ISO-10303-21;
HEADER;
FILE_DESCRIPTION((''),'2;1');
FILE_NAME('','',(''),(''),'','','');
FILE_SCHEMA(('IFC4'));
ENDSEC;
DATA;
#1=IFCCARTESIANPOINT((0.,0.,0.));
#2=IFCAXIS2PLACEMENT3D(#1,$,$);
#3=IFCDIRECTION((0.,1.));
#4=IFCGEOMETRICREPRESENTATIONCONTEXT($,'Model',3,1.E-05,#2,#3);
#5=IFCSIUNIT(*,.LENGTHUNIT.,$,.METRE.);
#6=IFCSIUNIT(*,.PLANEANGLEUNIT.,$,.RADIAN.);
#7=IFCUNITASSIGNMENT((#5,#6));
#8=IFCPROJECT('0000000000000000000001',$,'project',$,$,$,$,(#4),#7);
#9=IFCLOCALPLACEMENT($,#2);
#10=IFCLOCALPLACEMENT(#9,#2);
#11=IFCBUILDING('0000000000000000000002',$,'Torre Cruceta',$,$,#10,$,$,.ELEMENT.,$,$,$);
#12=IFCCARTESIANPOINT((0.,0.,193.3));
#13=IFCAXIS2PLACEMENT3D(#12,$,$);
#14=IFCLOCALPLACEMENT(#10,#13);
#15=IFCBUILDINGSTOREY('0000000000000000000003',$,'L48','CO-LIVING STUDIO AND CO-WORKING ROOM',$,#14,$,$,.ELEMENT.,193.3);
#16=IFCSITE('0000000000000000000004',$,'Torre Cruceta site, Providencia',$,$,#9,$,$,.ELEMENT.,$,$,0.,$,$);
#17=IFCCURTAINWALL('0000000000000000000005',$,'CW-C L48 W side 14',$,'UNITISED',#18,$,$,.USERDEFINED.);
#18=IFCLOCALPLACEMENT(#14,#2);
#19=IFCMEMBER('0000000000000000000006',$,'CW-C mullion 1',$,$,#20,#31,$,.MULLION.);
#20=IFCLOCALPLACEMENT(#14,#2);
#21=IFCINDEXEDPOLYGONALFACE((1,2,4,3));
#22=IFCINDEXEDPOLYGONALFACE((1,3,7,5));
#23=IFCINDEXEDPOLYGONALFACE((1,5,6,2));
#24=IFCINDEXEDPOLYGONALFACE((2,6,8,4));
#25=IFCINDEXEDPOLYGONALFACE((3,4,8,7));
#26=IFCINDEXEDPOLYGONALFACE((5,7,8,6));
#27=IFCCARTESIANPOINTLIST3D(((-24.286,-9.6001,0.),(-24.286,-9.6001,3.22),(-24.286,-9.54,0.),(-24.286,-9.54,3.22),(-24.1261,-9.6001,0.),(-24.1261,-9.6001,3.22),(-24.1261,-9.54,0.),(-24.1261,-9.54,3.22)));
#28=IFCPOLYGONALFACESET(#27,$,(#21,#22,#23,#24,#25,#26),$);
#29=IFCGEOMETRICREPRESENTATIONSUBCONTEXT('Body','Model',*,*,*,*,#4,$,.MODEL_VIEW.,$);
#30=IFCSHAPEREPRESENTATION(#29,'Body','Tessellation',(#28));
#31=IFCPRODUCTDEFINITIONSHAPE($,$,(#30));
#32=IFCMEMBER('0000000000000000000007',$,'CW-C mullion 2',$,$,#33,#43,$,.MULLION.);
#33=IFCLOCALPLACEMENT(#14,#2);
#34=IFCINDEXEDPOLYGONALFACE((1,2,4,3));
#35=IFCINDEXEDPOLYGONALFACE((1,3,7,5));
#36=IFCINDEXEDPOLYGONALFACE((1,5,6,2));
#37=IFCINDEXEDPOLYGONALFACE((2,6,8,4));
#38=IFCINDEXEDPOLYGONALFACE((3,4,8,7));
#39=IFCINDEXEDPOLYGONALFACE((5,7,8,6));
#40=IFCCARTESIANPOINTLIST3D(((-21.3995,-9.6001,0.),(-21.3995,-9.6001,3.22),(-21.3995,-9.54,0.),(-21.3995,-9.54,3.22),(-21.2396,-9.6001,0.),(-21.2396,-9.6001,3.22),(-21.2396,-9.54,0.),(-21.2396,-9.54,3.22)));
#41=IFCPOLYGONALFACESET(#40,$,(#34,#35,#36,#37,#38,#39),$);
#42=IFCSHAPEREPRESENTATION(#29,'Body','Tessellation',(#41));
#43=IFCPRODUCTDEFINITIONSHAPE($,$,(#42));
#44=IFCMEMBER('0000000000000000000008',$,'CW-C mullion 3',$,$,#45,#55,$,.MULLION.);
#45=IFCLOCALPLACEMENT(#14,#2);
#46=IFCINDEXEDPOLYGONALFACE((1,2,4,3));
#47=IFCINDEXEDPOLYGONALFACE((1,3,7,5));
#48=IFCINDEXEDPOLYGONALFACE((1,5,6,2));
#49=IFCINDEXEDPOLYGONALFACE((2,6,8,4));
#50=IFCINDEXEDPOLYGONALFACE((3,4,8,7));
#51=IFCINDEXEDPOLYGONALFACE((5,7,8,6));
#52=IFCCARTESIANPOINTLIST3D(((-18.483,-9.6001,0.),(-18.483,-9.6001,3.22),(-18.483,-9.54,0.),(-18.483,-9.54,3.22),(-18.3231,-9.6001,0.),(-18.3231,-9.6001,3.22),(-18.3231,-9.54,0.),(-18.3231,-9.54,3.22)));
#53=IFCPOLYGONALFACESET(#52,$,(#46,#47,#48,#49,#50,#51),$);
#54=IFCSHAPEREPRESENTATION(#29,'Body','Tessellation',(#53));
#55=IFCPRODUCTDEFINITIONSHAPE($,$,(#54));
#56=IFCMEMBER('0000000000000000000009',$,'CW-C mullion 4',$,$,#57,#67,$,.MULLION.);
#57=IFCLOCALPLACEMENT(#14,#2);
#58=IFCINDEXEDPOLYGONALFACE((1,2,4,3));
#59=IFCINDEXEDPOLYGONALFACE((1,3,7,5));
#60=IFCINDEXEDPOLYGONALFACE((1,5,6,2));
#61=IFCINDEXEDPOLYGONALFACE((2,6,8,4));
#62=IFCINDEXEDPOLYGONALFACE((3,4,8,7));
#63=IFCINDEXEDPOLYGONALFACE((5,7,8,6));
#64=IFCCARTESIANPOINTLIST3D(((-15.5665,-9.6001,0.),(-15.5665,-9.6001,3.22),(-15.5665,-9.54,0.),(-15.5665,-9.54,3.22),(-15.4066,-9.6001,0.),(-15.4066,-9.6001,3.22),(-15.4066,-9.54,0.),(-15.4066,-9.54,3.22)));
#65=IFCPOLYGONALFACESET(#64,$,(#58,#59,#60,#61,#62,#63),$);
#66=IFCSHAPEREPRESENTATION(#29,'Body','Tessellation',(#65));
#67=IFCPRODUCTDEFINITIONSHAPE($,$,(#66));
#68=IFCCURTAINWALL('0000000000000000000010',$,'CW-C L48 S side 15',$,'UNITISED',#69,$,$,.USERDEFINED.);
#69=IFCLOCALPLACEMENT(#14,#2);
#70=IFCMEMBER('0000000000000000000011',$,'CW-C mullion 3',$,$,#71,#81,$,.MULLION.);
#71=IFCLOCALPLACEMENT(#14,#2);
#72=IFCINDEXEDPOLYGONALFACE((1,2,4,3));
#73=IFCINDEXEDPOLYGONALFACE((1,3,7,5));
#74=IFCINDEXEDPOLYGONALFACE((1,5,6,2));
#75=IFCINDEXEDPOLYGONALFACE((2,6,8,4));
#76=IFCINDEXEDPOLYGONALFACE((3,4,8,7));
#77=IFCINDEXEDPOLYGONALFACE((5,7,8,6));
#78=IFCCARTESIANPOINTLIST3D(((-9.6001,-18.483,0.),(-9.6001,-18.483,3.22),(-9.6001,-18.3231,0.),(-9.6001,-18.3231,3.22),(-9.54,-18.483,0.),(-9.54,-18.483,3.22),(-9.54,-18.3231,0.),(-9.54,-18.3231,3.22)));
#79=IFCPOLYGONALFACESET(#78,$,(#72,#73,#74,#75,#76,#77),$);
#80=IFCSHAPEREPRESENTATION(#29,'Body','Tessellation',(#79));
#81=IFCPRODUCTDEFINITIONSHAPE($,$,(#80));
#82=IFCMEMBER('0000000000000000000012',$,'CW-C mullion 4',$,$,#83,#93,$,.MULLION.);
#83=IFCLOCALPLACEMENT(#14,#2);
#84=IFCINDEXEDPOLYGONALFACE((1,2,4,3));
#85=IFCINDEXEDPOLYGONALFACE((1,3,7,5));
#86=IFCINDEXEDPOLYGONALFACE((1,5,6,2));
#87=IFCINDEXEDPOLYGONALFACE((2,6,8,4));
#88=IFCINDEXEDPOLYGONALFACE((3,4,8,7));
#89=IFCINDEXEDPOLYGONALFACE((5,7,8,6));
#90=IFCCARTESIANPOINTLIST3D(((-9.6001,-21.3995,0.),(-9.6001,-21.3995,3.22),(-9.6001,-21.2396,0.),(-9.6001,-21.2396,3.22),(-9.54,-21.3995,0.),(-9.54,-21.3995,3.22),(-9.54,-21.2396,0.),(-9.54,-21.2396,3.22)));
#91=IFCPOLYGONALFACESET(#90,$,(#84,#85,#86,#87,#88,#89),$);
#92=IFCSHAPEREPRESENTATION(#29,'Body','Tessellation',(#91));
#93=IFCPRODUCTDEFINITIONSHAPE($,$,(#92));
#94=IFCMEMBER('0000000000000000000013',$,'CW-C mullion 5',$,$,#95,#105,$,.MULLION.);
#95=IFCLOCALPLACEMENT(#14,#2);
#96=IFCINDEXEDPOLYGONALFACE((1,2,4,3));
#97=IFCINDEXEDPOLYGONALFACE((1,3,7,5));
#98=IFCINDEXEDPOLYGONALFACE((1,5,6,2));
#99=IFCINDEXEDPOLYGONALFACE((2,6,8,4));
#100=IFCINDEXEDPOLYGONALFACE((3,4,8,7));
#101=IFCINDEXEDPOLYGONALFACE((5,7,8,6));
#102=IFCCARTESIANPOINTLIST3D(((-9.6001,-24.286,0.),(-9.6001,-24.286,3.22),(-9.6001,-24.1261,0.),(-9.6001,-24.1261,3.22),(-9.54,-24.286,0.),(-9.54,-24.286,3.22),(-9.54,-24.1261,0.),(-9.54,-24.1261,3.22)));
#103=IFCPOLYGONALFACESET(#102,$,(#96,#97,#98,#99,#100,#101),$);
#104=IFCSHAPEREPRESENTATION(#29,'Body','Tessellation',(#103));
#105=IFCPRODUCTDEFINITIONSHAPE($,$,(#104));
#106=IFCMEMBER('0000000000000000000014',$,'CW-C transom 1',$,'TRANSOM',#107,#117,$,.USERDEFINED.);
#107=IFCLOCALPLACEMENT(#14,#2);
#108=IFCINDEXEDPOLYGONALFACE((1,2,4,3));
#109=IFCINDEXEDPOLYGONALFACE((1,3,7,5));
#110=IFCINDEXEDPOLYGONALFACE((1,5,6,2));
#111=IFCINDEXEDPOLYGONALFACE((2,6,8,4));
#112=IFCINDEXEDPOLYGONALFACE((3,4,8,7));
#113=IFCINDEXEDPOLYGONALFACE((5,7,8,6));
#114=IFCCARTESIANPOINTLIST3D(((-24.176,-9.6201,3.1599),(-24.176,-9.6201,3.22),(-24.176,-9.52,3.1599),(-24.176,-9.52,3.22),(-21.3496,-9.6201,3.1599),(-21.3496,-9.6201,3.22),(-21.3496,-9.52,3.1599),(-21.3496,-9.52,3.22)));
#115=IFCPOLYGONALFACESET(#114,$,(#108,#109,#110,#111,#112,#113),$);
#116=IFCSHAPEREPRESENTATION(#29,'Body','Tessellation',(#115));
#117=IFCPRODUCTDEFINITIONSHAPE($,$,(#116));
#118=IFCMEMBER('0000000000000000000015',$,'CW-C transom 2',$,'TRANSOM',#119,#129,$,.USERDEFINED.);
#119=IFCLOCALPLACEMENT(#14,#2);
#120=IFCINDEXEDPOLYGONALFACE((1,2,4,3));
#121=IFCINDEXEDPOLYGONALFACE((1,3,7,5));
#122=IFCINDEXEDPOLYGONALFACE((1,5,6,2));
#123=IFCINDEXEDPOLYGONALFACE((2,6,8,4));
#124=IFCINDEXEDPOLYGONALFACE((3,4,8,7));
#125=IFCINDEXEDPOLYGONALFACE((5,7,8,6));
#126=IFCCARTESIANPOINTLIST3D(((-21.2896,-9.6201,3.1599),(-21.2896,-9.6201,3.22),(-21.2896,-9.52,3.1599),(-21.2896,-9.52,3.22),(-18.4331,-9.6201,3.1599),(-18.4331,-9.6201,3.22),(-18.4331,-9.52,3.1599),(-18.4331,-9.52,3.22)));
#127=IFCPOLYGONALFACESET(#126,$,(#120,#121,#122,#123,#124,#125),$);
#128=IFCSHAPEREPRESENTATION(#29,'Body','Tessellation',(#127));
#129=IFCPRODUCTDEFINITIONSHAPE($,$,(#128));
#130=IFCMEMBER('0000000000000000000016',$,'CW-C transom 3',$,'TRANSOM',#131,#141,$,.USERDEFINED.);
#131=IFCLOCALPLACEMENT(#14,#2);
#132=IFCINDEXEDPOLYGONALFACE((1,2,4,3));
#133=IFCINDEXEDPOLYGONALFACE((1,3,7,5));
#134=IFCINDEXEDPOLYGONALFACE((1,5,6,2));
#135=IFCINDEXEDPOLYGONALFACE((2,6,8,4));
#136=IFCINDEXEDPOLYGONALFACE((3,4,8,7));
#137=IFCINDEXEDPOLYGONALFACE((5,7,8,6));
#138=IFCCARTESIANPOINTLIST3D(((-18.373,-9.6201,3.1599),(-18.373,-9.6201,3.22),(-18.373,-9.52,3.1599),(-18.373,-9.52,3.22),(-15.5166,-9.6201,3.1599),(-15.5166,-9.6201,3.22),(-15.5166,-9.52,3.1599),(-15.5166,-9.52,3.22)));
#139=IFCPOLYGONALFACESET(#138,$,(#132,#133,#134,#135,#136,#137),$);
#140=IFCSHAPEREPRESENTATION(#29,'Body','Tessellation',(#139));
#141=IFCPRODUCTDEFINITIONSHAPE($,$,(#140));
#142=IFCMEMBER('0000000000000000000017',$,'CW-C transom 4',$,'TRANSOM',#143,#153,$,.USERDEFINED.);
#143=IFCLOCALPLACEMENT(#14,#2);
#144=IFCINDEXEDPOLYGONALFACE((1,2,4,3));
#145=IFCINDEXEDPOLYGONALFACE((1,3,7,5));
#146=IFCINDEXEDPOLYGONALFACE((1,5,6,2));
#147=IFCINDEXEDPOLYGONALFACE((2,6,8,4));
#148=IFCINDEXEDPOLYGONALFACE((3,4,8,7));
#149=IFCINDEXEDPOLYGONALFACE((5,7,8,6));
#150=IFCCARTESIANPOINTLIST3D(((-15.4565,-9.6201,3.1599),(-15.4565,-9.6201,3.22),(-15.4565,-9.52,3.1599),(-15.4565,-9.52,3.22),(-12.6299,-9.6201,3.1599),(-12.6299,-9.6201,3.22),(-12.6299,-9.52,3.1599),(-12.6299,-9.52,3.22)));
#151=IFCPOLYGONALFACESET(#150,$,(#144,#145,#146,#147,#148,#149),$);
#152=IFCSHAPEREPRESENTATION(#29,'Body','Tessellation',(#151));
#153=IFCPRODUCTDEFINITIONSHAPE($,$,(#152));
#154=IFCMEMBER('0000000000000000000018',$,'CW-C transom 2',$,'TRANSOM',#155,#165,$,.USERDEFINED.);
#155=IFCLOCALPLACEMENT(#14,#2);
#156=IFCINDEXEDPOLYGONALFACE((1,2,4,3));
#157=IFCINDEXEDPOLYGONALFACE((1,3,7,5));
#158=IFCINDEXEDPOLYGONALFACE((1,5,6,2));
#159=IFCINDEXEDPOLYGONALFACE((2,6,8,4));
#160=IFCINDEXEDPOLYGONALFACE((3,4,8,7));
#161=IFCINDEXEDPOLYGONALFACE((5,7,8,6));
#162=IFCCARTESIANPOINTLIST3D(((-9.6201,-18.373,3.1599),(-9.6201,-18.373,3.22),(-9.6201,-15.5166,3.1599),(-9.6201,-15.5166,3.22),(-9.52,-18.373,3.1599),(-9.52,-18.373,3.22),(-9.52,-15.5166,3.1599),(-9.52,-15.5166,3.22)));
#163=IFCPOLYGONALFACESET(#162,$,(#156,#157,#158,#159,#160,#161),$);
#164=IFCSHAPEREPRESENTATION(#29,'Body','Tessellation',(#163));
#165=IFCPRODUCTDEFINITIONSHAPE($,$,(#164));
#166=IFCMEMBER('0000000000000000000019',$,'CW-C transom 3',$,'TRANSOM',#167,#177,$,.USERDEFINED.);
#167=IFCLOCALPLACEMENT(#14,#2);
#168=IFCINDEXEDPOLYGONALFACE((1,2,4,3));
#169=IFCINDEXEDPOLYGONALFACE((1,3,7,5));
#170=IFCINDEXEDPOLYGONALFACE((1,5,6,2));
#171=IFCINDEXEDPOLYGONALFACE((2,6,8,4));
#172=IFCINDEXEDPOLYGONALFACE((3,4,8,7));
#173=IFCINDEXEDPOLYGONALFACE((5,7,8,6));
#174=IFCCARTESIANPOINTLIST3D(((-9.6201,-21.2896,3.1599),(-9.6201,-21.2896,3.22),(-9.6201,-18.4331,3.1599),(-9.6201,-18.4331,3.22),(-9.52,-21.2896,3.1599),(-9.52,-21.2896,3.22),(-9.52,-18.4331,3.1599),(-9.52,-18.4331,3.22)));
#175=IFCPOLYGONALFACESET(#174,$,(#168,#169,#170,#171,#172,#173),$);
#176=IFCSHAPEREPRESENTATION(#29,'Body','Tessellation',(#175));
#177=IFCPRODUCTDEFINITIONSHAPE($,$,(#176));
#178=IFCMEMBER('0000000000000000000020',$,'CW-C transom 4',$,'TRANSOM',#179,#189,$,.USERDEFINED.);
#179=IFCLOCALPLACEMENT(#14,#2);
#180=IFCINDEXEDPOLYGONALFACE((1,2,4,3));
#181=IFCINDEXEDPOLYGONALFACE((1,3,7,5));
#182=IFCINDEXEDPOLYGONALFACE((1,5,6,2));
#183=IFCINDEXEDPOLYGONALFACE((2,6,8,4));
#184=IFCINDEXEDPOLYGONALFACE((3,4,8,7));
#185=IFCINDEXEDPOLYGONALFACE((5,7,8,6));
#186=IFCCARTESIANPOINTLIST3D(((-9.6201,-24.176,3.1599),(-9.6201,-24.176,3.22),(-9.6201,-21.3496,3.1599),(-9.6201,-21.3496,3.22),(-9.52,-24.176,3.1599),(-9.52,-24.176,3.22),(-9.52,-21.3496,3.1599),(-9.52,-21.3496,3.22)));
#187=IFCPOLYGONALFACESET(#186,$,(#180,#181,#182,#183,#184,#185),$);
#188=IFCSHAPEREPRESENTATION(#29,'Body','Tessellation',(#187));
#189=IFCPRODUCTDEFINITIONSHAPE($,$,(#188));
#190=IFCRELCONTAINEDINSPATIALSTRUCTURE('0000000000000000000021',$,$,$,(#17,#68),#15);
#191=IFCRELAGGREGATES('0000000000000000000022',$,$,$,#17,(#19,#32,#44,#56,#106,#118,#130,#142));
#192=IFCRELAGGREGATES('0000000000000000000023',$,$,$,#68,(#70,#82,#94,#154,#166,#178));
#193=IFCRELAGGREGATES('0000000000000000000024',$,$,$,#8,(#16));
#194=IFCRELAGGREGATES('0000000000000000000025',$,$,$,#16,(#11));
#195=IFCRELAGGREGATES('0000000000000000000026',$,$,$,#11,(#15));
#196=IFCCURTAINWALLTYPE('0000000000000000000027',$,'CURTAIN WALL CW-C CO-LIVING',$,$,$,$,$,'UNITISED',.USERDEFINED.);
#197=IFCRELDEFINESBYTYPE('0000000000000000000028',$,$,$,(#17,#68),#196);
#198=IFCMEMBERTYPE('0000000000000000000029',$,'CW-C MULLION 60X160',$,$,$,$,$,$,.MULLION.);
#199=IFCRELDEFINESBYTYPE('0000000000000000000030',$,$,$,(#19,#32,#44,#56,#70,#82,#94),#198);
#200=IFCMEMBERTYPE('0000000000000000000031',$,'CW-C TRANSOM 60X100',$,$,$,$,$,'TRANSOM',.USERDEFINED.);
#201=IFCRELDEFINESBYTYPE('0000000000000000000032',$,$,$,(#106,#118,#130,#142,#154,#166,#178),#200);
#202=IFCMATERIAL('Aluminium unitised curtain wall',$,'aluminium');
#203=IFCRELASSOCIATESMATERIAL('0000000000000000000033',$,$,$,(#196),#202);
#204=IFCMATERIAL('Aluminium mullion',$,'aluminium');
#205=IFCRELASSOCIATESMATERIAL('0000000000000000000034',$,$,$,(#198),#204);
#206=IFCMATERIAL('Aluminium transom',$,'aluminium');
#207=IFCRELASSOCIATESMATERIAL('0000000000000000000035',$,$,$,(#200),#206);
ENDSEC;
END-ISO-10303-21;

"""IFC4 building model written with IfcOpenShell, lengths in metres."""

from ifc_helpers import new_model, si_unit, direction, frame, origin, origin_2d, place, context, subcontext, project, spatial, rectangle, extrude, material, material_profile, profile_set, type_object, element, aggregate, save


model = new_model("IFC4")

# Units and contexts
model_context = context("Model", 3, precision=1e-05, world=origin(), true_north=direction((0.0, 1.0)))
body_context = subcontext(model_context, "Body", "Model", "MODEL_VIEW")
ifc_project = project(units=[si_unit("LENGTHUNIT", "METRE"), si_unit("PLANEANGLEUNIT", "RADIAN")], contexts=[model_context])

# Site, building, storey
site_placement = place(None, origin())
site = spatial("IfcSite", under=ifc_project, at=site_placement, Name="Torre Cruceta site, Providencia", CompositionType="ELEMENT", RefElevation=0.0)
building_placement = place(site_placement, origin())
building = spatial("IfcBuilding", under=site, at=building_placement, Name="Torre Cruceta", CompositionType="ELEMENT")
storey_placement = place(building_placement, frame((0.0, 0.0, 193.3)))
storey = spatial("IfcBuildingStorey", under=building, at=storey_placement, Name="L48", Description="CO-LIVING STUDIO AND CO-WORKING ROOM", CompositionType="ELEMENT", Elevation=193.3)

# Curtain walls, members
ifc_material_1 = material(Name="Aluminium unitised curtain wall", Category="aluminium")
curtain_wall_type = type_object("IfcCurtainWallType", Name="CURTAIN WALL CW-C CO-LIVING", ElementType="UNITISED", PredefinedType="USERDEFINED", material=ifc_material_1)
curtain_wall_1_placement = place(storey_placement, origin())
curtain_wall_1 = element("IfcCurtainWall", 1, at=curtain_wall_1_placement, inside=storey, type_object=curtain_wall_type, Name="CW-C L48 W side 14", ObjectType="UNITISED", PredefinedType="USERDEFINED")
ifc_material_2 = material(Name="Aluminium mullion", Category="aluminium")
ifc_material_profile_1 = material_profile(ifc_material_2, rectangle(XDim=0.0601, YDim=0.1599, at=origin_2d()), Name="AL 60X160")
ifc_profile_set_1 = profile_set([ifc_material_profile_1], Name="Aluminium mullion")
member_type_1 = type_object("IfcMemberType", Name="CW-C MULLION 60X160", PredefinedType="MULLION", material=ifc_profile_set_1)
member_1_placement = place(storey_placement, frame((-24.2061, -9.5701, 0.0), z_axis=(0.0, 0.0, 1.0), x_axis=(0.0, 1.0, 0.0)))
member_1 = element("IfcMember", 2, at=member_1_placement, type_object=member_type_1, Name="CW-C mullion 1", PredefinedType="MULLION", context=body_context, shape_type="SweptSolid", body=[
    extrude(rectangle(XDim=0.0601, YDim=0.1599, at=origin_2d()), origin(), (0.0, 0.0, 1.0), 3.22),
])
member_2_placement = place(storey_placement, frame((-21.3196, -9.5701, 0.0), z_axis=(0.0, 0.0, 1.0), x_axis=(0.0, 1.0, 0.0)))
member_2 = element("IfcMember", 3, at=member_2_placement, type_object=member_type_1, Name="CW-C mullion 2", PredefinedType="MULLION", context=body_context, shape_type="SweptSolid", body=[
    extrude(rectangle(XDim=0.0601, YDim=0.1599, at=origin_2d()), origin(), (0.0, 0.0, 1.0), 3.22),
])
member_3_placement = place(storey_placement, frame((-18.4031, -9.5701, 0.0), z_axis=(0.0, 0.0, 1.0), x_axis=(0.0, 1.0, 0.0)))
member_3 = element("IfcMember", 4, at=member_3_placement, type_object=member_type_1, Name="CW-C mullion 3", PredefinedType="MULLION", context=body_context, shape_type="SweptSolid", body=[
    extrude(rectangle(XDim=0.0601, YDim=0.1599, at=origin_2d()), origin(), (0.0, 0.0, 1.0), 3.22),
])
member_4_placement = place(storey_placement, frame((-15.4866, -9.5701, 0.0), z_axis=(0.0, 0.0, 1.0), x_axis=(0.0, 1.0, 0.0)))
member_4 = element("IfcMember", 5, at=member_4_placement, type_object=member_type_1, Name="CW-C mullion 4", PredefinedType="MULLION", context=body_context, shape_type="SweptSolid", body=[
    extrude(rectangle(XDim=0.0601, YDim=0.1599, at=origin_2d()), origin(), (0.0, 0.0, 1.0), 3.22),
])
curtain_wall_2_placement = place(storey_placement, origin())
curtain_wall_2 = element("IfcCurtainWall", 6, at=curtain_wall_2_placement, inside=storey, type_object=curtain_wall_type, Name="CW-C L48 S side 15", ObjectType="UNITISED", PredefinedType="USERDEFINED")
member_5_placement = place(storey_placement, frame((-9.5701, -18.4031, 0.0), z_axis=(0.0, 0.0, 1.0), x_axis=(1.0, 0.0, 0.0)))
member_5 = element("IfcMember", 7, at=member_5_placement, type_object=member_type_1, Name="CW-C mullion 3", PredefinedType="MULLION", context=body_context, shape_type="SweptSolid", body=[
    extrude(rectangle(XDim=0.0601, YDim=0.1599, at=origin_2d()), origin(), (0.0, 0.0, 1.0), 3.22),
])
member_6_placement = place(storey_placement, frame((-9.5701, -21.3196, 0.0), z_axis=(0.0, 0.0, 1.0), x_axis=(1.0, 0.0, 0.0)))
member_6 = element("IfcMember", 8, at=member_6_placement, type_object=member_type_1, Name="CW-C mullion 4", PredefinedType="MULLION", context=body_context, shape_type="SweptSolid", body=[
    extrude(rectangle(XDim=0.0601, YDim=0.1599, at=origin_2d()), origin(), (0.0, 0.0, 1.0), 3.22),
])
member_7_placement = place(storey_placement, frame((-9.5701, -24.2061, 0.0), z_axis=(0.0, 0.0, 1.0), x_axis=(1.0, 0.0, 0.0)))
member_7 = element("IfcMember", 9, at=member_7_placement, type_object=member_type_1, Name="CW-C mullion 5", PredefinedType="MULLION", context=body_context, shape_type="SweptSolid", body=[
    extrude(rectangle(XDim=0.0601, YDim=0.1599, at=origin_2d()), origin(), (0.0, 0.0, 1.0), 3.22),
])

# Members
ifc_material_3 = material(Name="Aluminium transom", Category="aluminium")
ifc_material_profile_2 = material_profile(ifc_material_3, rectangle(XDim=0.1001, YDim=0.0601, at=origin_2d()), Name="AL 100X60")
ifc_profile_set_2 = profile_set([ifc_material_profile_2], Name="Aluminium transom")
member_type_2 = type_object("IfcMemberType", Name="CW-C TRANSOM 60X100", ElementType="TRANSOM", PredefinedType="USERDEFINED", material=ifc_profile_set_2)
member_8_placement = place(storey_placement, frame((-24.176, -9.5701, 3.1899), z_axis=(1.0, 0.0, 0.0), x_axis=(0.0, 1.0, 0.0)))
member_8 = element("IfcMember", 10, at=member_8_placement, type_object=member_type_2, Name="CW-C transom 1", ObjectType="TRANSOM", PredefinedType="USERDEFINED", context=body_context, shape_type="SweptSolid", body=[
    extrude(rectangle(XDim=0.1001, YDim=0.0601, at=origin_2d()), origin(), (0.0, 0.0, 1.0), 2.8264),
])
member_9_placement = place(storey_placement, frame((-21.2896, -9.5701, 3.1899), z_axis=(1.0, 0.0, 0.0), x_axis=(0.0, 1.0, 0.0)))
member_9 = element("IfcMember", 11, at=member_9_placement, type_object=member_type_2, Name="CW-C transom 2", ObjectType="TRANSOM", PredefinedType="USERDEFINED", context=body_context, shape_type="SweptSolid", body=[
    extrude(rectangle(XDim=0.1001, YDim=0.0601, at=origin_2d()), origin(), (0.0, 0.0, 1.0), 2.8564),
])
member_10_placement = place(storey_placement, frame((-18.373, -9.5701, 3.1899), z_axis=(1.0, 0.0, 0.0), x_axis=(0.0, 1.0, 0.0)))
member_10 = element("IfcMember", 12, at=member_10_placement, type_object=member_type_2, Name="CW-C transom 3", ObjectType="TRANSOM", PredefinedType="USERDEFINED", context=body_context, shape_type="SweptSolid", body=[
    extrude(rectangle(XDim=0.1001, YDim=0.0601, at=origin_2d()), origin(), (0.0, 0.0, 1.0), 2.8564),
])
member_11_placement = place(storey_placement, frame((-15.4565, -9.5701, 3.1899), z_axis=(1.0, 0.0, 0.0), x_axis=(0.0, 1.0, 0.0)))
member_11 = element("IfcMember", 13, at=member_11_placement, type_object=member_type_2, Name="CW-C transom 4", ObjectType="TRANSOM", PredefinedType="USERDEFINED", context=body_context, shape_type="SweptSolid", body=[
    extrude(rectangle(XDim=0.1001, YDim=0.0601, at=origin_2d()), origin(), (0.0, 0.0, 1.0), 2.8267),
])
member_12_placement = place(storey_placement, frame((-9.5701, -15.5166, 3.1899), z_axis=(0.0, -1.0, 0.0), x_axis=(1.0, 0.0, 0.0)))
member_12 = element("IfcMember", 14, at=member_12_placement, type_object=member_type_2, Name="CW-C transom 2", ObjectType="TRANSOM", PredefinedType="USERDEFINED", context=body_context, shape_type="SweptSolid", body=[
    extrude(rectangle(XDim=0.1001, YDim=0.0601, at=origin_2d()), origin(), (0.0, 0.0, 1.0), 2.8564),
])
member_13_placement = place(storey_placement, frame((-9.5701, -18.4331, 3.1899), z_axis=(0.0, -1.0, 0.0), x_axis=(1.0, 0.0, 0.0)))
member_13 = element("IfcMember", 15, at=member_13_placement, type_object=member_type_2, Name="CW-C transom 3", ObjectType="TRANSOM", PredefinedType="USERDEFINED", context=body_context, shape_type="SweptSolid", body=[
    extrude(rectangle(XDim=0.1001, YDim=0.0601, at=origin_2d()), origin(), (0.0, 0.0, 1.0), 2.8564),
])
member_14_placement = place(storey_placement, frame((-9.5701, -21.3496, 3.1899), z_axis=(0.0, -1.0, 0.0), x_axis=(1.0, 0.0, 0.0)))
member_14 = element("IfcMember", 16, at=member_14_placement, type_object=member_type_2, Name="CW-C transom 4", ObjectType="TRANSOM", PredefinedType="USERDEFINED", context=body_context, shape_type="SweptSolid", body=[
    extrude(rectangle(XDim=0.1001, YDim=0.0601, at=origin_2d()), origin(), (0.0, 0.0, 1.0), 2.8264),
])

aggregate(curtain_wall_1, [member_1, member_2, member_3, member_4, member_8, member_9, member_10, member_11])
aggregate(curtain_wall_2, [member_5, member_6, member_7, member_12, member_13, member_14])

save(model, "model.ifc")
